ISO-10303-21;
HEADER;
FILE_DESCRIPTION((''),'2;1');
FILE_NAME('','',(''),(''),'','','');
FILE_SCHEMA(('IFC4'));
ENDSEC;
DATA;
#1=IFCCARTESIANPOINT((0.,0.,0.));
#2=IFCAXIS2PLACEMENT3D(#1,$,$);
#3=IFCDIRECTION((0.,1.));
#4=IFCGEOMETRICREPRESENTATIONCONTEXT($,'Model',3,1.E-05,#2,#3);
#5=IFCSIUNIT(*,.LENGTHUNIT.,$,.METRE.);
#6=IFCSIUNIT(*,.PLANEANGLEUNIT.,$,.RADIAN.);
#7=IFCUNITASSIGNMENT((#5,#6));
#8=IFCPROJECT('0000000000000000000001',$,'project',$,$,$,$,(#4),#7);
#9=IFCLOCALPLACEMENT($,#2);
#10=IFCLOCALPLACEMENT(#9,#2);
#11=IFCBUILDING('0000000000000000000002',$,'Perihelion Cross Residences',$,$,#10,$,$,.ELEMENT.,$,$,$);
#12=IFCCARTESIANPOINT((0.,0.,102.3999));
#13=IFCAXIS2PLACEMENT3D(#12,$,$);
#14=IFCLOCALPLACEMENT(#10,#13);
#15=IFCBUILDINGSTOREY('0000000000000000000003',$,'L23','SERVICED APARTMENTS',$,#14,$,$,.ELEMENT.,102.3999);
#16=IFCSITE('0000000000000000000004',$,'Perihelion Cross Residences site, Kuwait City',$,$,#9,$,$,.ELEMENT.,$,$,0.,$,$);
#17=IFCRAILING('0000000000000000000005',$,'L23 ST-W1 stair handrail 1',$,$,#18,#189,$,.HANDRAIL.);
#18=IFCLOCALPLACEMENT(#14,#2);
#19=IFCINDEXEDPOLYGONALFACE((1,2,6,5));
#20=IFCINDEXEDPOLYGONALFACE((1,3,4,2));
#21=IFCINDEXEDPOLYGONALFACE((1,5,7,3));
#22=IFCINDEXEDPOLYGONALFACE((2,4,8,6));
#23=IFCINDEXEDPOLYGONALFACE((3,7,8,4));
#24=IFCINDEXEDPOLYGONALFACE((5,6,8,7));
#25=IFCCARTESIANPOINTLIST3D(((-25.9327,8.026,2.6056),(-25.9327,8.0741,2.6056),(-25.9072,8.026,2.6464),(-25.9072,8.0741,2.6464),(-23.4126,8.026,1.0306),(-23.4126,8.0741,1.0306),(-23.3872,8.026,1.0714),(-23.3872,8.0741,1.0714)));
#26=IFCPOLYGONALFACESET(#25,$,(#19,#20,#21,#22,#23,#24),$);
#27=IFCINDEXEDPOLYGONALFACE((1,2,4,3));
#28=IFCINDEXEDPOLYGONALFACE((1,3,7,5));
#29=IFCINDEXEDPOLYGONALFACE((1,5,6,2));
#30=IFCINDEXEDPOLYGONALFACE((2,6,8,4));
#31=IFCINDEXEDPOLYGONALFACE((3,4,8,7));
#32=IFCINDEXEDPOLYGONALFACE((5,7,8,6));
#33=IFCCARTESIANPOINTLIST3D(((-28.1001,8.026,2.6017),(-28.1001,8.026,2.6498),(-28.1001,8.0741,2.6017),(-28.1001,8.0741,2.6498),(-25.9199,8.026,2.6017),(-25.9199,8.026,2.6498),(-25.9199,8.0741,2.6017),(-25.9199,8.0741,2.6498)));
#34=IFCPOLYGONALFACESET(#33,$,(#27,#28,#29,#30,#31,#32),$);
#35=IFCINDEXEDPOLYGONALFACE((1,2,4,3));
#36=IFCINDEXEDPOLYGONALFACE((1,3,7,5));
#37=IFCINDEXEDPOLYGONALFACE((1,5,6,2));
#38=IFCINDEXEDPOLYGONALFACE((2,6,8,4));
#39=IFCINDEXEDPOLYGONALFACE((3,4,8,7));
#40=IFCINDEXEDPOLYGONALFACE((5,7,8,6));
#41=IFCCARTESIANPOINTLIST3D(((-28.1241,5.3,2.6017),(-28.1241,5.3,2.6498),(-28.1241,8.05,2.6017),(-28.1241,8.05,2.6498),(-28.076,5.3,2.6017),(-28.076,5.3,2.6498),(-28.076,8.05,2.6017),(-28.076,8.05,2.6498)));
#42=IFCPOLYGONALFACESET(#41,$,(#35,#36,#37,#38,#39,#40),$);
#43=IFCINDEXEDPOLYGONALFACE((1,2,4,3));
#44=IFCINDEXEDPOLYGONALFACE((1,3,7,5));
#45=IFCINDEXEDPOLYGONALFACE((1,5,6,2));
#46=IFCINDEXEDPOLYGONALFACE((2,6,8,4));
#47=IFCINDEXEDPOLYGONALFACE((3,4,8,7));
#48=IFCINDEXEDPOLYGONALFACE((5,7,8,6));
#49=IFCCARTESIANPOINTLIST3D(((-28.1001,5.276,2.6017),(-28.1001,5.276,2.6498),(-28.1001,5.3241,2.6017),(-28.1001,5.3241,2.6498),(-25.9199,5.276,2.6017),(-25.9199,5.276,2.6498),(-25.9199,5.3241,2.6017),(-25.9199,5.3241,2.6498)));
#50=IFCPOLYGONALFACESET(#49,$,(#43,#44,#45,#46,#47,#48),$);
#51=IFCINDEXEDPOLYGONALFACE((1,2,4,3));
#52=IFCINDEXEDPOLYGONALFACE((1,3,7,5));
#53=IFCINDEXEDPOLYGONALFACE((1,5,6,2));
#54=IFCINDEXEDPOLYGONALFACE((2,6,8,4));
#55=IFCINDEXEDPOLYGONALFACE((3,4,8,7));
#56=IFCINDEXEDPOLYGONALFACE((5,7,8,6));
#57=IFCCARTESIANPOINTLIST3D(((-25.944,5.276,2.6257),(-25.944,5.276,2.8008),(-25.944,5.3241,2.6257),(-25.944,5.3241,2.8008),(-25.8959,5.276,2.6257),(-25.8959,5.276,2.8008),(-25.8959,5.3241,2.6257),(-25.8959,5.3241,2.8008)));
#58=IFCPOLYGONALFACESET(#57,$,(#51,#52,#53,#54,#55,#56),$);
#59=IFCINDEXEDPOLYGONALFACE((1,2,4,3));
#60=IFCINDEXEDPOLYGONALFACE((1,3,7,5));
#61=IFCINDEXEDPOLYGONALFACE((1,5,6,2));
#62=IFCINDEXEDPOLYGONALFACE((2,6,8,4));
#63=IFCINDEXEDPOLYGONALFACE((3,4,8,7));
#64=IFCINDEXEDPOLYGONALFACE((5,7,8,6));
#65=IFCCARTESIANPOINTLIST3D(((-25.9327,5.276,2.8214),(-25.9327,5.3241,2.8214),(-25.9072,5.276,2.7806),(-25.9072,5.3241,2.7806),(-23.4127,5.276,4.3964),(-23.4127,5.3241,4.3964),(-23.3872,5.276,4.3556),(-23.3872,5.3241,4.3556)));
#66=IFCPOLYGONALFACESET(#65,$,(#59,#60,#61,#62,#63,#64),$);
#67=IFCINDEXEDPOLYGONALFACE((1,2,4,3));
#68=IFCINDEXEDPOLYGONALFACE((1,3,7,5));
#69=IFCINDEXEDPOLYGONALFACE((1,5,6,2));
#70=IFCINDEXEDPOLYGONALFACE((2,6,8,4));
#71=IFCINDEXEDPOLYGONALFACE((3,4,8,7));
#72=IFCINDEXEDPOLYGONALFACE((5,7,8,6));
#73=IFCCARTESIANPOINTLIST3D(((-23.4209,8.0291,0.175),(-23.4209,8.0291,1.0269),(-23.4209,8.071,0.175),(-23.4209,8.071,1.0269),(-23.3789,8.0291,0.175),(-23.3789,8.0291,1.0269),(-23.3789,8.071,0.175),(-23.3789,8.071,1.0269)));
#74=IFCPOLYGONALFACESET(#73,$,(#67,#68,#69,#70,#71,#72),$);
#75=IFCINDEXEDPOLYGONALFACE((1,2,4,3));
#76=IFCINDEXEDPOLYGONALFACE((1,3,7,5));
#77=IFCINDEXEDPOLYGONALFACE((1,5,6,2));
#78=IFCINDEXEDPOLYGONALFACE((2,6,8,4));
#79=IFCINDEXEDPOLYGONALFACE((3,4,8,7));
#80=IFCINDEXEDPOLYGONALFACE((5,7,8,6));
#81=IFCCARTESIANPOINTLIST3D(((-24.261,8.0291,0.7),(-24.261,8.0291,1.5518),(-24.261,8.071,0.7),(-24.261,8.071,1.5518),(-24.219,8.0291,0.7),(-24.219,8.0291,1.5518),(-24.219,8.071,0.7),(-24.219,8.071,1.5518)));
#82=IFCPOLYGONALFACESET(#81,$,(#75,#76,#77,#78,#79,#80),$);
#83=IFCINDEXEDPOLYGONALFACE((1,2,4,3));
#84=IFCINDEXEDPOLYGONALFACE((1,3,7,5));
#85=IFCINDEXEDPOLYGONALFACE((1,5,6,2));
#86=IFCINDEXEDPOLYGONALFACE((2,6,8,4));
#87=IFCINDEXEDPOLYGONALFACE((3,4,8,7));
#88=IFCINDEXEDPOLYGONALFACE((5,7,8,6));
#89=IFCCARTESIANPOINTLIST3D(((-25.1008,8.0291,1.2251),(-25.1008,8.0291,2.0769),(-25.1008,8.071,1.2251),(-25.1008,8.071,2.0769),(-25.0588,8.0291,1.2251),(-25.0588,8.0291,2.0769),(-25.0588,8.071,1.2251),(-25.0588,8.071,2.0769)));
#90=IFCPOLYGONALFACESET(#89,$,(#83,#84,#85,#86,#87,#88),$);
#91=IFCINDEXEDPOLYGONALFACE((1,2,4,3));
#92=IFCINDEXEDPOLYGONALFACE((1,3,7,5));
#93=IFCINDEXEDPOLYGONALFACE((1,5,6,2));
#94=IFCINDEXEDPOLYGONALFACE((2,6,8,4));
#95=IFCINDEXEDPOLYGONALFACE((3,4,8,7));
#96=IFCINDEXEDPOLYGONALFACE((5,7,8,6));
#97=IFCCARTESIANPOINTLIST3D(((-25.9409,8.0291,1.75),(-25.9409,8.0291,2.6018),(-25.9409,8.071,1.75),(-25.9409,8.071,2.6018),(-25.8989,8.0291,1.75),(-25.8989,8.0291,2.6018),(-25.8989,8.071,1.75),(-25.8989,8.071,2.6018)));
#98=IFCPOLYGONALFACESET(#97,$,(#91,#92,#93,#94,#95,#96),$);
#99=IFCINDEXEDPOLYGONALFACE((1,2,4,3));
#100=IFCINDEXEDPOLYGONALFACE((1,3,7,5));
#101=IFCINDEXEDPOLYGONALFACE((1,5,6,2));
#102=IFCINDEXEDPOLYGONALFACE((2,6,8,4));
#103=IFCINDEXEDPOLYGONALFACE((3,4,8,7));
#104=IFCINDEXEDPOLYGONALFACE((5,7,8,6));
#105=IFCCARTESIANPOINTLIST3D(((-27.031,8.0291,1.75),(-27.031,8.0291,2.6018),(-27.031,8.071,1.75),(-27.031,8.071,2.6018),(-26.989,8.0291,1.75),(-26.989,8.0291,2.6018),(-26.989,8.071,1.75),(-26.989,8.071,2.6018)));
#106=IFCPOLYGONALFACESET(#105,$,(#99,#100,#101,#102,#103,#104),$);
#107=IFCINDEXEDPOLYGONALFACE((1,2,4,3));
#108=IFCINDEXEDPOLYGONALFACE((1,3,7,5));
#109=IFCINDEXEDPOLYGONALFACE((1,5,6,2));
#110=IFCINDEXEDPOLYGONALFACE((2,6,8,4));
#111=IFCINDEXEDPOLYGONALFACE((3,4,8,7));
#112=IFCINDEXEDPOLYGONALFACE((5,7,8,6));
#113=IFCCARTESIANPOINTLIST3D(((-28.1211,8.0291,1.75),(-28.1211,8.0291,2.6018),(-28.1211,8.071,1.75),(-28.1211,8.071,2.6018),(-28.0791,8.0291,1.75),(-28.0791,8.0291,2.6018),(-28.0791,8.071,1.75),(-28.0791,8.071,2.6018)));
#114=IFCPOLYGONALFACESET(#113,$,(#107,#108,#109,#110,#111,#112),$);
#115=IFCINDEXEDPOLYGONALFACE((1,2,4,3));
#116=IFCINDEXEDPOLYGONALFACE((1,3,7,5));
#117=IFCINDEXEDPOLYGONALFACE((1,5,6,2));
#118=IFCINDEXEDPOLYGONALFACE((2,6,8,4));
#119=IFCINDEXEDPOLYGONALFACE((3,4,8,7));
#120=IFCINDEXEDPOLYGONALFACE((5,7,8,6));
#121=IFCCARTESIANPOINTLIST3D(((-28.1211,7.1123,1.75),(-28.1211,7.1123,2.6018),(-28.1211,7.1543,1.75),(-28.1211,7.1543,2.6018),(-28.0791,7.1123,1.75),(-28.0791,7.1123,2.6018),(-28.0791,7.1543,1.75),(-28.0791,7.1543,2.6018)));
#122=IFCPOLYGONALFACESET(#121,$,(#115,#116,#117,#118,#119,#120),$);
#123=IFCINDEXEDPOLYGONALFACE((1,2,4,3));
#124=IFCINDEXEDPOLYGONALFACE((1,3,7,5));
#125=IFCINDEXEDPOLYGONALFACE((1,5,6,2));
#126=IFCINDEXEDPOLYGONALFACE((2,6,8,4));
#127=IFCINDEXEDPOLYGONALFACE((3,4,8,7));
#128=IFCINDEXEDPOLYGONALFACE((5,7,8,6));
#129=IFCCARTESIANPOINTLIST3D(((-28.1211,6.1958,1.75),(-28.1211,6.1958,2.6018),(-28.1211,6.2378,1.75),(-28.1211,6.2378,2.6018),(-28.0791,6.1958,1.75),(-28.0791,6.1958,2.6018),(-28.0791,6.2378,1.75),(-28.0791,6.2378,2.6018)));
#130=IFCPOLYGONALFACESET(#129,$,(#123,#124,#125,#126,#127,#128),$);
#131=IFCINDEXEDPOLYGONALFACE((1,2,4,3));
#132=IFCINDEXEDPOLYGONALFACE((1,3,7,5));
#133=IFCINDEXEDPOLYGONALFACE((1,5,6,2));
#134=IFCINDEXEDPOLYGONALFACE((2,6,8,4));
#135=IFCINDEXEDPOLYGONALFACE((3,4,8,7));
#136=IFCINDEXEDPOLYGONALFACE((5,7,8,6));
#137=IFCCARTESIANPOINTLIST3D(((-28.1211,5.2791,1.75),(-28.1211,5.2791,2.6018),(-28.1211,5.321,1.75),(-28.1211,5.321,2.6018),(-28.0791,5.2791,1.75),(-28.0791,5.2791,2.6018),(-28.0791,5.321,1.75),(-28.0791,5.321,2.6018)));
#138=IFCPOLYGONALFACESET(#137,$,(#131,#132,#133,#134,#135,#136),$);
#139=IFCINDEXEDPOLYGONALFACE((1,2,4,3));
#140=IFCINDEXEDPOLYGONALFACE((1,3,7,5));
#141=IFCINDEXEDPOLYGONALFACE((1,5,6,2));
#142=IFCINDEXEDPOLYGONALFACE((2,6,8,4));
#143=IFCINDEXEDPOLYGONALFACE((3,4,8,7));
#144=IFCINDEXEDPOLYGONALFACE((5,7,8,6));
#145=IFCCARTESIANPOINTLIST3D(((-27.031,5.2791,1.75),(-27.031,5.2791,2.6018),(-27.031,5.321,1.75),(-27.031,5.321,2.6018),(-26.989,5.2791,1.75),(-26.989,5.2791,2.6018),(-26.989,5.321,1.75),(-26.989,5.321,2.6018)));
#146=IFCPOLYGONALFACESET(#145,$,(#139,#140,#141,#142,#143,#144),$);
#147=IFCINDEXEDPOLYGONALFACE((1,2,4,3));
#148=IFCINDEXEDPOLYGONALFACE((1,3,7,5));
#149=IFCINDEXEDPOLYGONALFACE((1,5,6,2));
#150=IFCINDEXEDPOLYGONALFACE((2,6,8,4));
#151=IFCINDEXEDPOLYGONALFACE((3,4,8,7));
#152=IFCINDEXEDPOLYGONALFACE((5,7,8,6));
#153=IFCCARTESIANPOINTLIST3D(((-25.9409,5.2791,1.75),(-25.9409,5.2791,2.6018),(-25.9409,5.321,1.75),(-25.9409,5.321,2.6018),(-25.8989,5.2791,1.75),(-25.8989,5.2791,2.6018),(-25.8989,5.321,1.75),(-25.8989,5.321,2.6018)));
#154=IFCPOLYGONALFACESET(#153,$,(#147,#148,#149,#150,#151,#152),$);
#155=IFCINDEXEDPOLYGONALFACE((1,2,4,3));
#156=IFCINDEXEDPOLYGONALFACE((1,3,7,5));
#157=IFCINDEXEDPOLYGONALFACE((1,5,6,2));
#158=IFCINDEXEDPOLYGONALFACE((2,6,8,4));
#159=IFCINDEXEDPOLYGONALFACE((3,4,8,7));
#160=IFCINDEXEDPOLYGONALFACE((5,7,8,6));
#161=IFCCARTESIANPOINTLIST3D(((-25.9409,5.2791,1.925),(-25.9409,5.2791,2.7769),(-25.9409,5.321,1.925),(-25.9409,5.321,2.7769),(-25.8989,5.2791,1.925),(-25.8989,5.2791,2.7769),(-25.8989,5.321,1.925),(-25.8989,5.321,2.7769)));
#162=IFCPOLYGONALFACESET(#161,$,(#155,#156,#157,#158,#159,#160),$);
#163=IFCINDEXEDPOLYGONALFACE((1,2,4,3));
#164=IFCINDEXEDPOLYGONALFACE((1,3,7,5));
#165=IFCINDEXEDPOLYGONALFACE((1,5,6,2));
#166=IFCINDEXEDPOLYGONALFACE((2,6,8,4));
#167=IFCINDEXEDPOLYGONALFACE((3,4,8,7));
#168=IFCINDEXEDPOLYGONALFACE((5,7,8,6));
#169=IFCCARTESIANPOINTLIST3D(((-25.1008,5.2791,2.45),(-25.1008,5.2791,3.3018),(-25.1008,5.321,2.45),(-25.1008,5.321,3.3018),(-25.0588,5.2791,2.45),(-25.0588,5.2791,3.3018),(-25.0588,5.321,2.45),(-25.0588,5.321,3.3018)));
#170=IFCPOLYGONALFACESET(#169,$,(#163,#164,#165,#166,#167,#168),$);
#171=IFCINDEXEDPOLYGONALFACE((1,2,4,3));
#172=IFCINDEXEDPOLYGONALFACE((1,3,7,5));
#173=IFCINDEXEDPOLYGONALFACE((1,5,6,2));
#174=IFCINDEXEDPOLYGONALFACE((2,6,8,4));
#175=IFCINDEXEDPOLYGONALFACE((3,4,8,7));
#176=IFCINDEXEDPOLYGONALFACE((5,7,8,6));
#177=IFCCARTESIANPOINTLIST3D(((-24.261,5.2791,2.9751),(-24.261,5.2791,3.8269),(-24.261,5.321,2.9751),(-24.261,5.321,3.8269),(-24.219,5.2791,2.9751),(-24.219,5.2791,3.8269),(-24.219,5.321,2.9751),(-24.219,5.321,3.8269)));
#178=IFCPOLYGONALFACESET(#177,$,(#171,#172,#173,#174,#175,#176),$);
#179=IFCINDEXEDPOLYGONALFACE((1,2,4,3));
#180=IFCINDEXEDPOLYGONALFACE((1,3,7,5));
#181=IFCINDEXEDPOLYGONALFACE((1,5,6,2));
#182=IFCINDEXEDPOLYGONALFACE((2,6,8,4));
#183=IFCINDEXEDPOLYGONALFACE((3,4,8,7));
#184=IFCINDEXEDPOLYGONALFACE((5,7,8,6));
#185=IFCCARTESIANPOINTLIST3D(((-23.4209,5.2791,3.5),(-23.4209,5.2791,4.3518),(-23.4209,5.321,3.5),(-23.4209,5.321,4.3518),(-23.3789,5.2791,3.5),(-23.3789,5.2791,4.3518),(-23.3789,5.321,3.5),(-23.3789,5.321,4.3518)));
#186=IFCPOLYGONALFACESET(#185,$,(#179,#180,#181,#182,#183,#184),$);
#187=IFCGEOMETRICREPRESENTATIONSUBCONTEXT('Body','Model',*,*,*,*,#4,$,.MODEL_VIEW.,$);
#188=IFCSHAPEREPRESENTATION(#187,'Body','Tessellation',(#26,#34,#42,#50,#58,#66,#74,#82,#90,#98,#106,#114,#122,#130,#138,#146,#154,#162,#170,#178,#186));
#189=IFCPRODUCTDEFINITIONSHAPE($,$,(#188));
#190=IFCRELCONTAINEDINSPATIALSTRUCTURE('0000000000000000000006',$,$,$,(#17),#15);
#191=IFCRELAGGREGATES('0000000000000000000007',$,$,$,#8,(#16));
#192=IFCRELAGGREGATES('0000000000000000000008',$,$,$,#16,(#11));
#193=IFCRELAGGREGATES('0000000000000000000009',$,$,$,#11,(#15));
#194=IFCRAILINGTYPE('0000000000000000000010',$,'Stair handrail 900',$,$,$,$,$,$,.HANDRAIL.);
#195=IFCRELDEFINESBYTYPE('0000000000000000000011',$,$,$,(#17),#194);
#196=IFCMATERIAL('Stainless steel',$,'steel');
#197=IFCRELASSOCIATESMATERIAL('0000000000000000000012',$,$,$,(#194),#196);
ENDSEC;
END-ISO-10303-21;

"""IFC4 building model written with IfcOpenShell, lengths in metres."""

from ifc_helpers import new_model, si_unit, direction, frame, origin, origin_2d, place, context, subcontext, project, spatial, rectangle, extrude, material, type_object, element, save


model = new_model("IFC4")

# Units and contexts
model_context = context("Model", 3, precision=1e-05, world=origin(), true_north=direction((0.0, 1.0)))
body_context = subcontext(model_context, "Body", "Model", "MODEL_VIEW")
ifc_project = project(units=[si_unit("LENGTHUNIT", "METRE"), si_unit("PLANEANGLEUNIT", "RADIAN")], contexts=[model_context])

# Site, building, storey
site_placement = place(None, origin())
site = spatial("IfcSite", under=ifc_project, at=site_placement, Name="Perihelion Cross Residences site, Kuwait City", CompositionType="ELEMENT", RefElevation=0.0)
building_placement = place(site_placement, origin())
building = spatial("IfcBuilding", under=site, at=building_placement, Name="Perihelion Cross Residences", CompositionType="ELEMENT")
storey_placement = place(building_placement, frame((0.0, 0.0, 102.3999)))
storey = spatial("IfcBuildingStorey", under=building, at=storey_placement, Name="L23", Description="SERVICED APARTMENTS", CompositionType="ELEMENT", Elevation=102.3999)

# Railing
ifc_material_1 = material(Name="Stainless steel", Category="steel")
railing_type_1 = type_object("IfcRailingType", Name="Stair handrail 900", PredefinedType="HANDRAIL", material=ifc_material_1)
railing_1_placement = place(storey_placement, frame((-23.3999, 8.05, 0.175)))
element("IfcRailing", 1, at=railing_1_placement, inside=storey, type_object=railing_type_1, Name="L23 ST-W1 stair handrail 1", PredefinedType="HANDRAIL", context=body_context, shape_type="SweptSolid", body=[
    extrude(rectangle(XDim=0.0481, YDim=0.0481, at=origin_2d()), frame((0.0, 0.0, 0.876), z_axis=(-0.848008, 0.0, 0.529984), x_axis=(0.0, -1.0, 0.0)), (0.0, 0.0, 1.0), 2.9717),
    extrude(rectangle(XDim=0.0481, YDim=0.0481, at=origin_2d()), frame((-2.52, 0.0, 2.4507), z_axis=(-1.0, 0.0, 0.0), x_axis=(0.0, -1.0, 0.0)), (0.0, 0.0, 1.0), 2.1802),
    extrude(rectangle(XDim=0.0481, YDim=0.0481, at=origin_2d()), frame((-4.7002, 0.0, 2.4507), z_axis=(0.0, -1.0, 0.0), x_axis=(1.0, 0.0, 0.0)), (0.0, 0.0, 1.0), 2.75),
    extrude(rectangle(XDim=0.0481, YDim=0.0481, at=origin_2d()), frame((-4.7002, -2.75, 2.4507), z_axis=(1.0, 0.0, 0.0), x_axis=(0.0, 1.0, 0.0)), (0.0, 0.0, 1.0), 2.1802),
    extrude(rectangle(XDim=0.0481, YDim=0.0481, at=origin_2d()), frame((-2.52, -2.75, 2.4507), z_axis=(0.0, 0.0, 1.0), x_axis=(1.0, 0.0, 0.0)), (0.0, 0.0, 1.0), 0.175),
    extrude(rectangle(XDim=0.0481, YDim=0.0481, at=origin_2d()), frame((-2.52, -2.75, 2.626), z_axis=(0.848008, 0.0, 0.529984), x_axis=(0.0, 1.0, 0.0)), (0.0, 0.0, 1.0), 2.9717),
    extrude(rectangle(XDim=0.042, YDim=0.042, at=origin_2d()), origin(), (0.0, 0.0, 1.0), 0.8518),
    extrude(rectangle(XDim=0.042, YDim=0.042, at=origin_2d()), frame((-0.8401, 0.0, 0.5249)), (0.0, 0.0, 1.0), 0.8518),
    extrude(rectangle(XDim=0.042, YDim=0.042, at=origin_2d()), frame((-1.6799, 0.0, 1.05)), (0.0, 0.0, 1.0), 0.8518),
    extrude(rectangle(XDim=0.042, YDim=0.042, at=origin_2d()), frame((-2.52, 0.0, 1.575)), (0.0, 0.0, 1.0), 0.8518),
    extrude(rectangle(XDim=0.042, YDim=0.042, at=origin_2d()), frame((-3.6101, 0.0, 1.575)), (0.0, 0.0, 1.0), 0.8518),
    extrude(rectangle(XDim=0.042, YDim=0.042, at=origin_2d()), frame((-4.7002, 0.0, 1.575)), (0.0, 0.0, 1.0), 0.8518),
    extrude(rectangle(XDim=0.042, YDim=0.042, at=origin_2d()), frame((-4.7002, -0.9167, 1.575)), (0.0, 0.0, 1.0), 0.8518),
    extrude(rectangle(XDim=0.042, YDim=0.042, at=origin_2d()), frame((-4.7002, -1.8333, 1.575)), (0.0, 0.0, 1.0), 0.8518),
    extrude(rectangle(XDim=0.042, YDim=0.042, at=origin_2d()), frame((-4.7002, -2.75, 1.575)), (0.0, 0.0, 1.0), 0.8518),
    extrude(rectangle(XDim=0.042, YDim=0.042, at=origin_2d()), frame((-3.6101, -2.75, 1.575)), (0.0, 0.0, 1.0), 0.8518),
    extrude(rectangle(XDim=0.042, YDim=0.042, at=origin_2d()), frame((-2.52, -2.75, 1.575)), (0.0, 0.0, 1.0), 0.8518),
    extrude(rectangle(XDim=0.042, YDim=0.042, at=origin_2d()), frame((-2.52, -2.75, 1.75)), (0.0, 0.0, 1.0), 0.8518),
    extrude(rectangle(XDim=0.042, YDim=0.042, at=origin_2d()), frame((-1.6799, -2.75, 2.2749)), (0.0, 0.0, 1.0), 0.8518),
    extrude(rectangle(XDim=0.042, YDim=0.042, at=origin_2d()), frame((-0.8401, -2.75, 2.8)), (0.0, 0.0, 1.0), 0.8518),
    extrude(rectangle(XDim=0.042, YDim=0.042, at=origin_2d()), frame((0.0, -2.75, 3.325)), (0.0, 0.0, 1.0), 0.8518),
])

save(model, "model.ifc")
